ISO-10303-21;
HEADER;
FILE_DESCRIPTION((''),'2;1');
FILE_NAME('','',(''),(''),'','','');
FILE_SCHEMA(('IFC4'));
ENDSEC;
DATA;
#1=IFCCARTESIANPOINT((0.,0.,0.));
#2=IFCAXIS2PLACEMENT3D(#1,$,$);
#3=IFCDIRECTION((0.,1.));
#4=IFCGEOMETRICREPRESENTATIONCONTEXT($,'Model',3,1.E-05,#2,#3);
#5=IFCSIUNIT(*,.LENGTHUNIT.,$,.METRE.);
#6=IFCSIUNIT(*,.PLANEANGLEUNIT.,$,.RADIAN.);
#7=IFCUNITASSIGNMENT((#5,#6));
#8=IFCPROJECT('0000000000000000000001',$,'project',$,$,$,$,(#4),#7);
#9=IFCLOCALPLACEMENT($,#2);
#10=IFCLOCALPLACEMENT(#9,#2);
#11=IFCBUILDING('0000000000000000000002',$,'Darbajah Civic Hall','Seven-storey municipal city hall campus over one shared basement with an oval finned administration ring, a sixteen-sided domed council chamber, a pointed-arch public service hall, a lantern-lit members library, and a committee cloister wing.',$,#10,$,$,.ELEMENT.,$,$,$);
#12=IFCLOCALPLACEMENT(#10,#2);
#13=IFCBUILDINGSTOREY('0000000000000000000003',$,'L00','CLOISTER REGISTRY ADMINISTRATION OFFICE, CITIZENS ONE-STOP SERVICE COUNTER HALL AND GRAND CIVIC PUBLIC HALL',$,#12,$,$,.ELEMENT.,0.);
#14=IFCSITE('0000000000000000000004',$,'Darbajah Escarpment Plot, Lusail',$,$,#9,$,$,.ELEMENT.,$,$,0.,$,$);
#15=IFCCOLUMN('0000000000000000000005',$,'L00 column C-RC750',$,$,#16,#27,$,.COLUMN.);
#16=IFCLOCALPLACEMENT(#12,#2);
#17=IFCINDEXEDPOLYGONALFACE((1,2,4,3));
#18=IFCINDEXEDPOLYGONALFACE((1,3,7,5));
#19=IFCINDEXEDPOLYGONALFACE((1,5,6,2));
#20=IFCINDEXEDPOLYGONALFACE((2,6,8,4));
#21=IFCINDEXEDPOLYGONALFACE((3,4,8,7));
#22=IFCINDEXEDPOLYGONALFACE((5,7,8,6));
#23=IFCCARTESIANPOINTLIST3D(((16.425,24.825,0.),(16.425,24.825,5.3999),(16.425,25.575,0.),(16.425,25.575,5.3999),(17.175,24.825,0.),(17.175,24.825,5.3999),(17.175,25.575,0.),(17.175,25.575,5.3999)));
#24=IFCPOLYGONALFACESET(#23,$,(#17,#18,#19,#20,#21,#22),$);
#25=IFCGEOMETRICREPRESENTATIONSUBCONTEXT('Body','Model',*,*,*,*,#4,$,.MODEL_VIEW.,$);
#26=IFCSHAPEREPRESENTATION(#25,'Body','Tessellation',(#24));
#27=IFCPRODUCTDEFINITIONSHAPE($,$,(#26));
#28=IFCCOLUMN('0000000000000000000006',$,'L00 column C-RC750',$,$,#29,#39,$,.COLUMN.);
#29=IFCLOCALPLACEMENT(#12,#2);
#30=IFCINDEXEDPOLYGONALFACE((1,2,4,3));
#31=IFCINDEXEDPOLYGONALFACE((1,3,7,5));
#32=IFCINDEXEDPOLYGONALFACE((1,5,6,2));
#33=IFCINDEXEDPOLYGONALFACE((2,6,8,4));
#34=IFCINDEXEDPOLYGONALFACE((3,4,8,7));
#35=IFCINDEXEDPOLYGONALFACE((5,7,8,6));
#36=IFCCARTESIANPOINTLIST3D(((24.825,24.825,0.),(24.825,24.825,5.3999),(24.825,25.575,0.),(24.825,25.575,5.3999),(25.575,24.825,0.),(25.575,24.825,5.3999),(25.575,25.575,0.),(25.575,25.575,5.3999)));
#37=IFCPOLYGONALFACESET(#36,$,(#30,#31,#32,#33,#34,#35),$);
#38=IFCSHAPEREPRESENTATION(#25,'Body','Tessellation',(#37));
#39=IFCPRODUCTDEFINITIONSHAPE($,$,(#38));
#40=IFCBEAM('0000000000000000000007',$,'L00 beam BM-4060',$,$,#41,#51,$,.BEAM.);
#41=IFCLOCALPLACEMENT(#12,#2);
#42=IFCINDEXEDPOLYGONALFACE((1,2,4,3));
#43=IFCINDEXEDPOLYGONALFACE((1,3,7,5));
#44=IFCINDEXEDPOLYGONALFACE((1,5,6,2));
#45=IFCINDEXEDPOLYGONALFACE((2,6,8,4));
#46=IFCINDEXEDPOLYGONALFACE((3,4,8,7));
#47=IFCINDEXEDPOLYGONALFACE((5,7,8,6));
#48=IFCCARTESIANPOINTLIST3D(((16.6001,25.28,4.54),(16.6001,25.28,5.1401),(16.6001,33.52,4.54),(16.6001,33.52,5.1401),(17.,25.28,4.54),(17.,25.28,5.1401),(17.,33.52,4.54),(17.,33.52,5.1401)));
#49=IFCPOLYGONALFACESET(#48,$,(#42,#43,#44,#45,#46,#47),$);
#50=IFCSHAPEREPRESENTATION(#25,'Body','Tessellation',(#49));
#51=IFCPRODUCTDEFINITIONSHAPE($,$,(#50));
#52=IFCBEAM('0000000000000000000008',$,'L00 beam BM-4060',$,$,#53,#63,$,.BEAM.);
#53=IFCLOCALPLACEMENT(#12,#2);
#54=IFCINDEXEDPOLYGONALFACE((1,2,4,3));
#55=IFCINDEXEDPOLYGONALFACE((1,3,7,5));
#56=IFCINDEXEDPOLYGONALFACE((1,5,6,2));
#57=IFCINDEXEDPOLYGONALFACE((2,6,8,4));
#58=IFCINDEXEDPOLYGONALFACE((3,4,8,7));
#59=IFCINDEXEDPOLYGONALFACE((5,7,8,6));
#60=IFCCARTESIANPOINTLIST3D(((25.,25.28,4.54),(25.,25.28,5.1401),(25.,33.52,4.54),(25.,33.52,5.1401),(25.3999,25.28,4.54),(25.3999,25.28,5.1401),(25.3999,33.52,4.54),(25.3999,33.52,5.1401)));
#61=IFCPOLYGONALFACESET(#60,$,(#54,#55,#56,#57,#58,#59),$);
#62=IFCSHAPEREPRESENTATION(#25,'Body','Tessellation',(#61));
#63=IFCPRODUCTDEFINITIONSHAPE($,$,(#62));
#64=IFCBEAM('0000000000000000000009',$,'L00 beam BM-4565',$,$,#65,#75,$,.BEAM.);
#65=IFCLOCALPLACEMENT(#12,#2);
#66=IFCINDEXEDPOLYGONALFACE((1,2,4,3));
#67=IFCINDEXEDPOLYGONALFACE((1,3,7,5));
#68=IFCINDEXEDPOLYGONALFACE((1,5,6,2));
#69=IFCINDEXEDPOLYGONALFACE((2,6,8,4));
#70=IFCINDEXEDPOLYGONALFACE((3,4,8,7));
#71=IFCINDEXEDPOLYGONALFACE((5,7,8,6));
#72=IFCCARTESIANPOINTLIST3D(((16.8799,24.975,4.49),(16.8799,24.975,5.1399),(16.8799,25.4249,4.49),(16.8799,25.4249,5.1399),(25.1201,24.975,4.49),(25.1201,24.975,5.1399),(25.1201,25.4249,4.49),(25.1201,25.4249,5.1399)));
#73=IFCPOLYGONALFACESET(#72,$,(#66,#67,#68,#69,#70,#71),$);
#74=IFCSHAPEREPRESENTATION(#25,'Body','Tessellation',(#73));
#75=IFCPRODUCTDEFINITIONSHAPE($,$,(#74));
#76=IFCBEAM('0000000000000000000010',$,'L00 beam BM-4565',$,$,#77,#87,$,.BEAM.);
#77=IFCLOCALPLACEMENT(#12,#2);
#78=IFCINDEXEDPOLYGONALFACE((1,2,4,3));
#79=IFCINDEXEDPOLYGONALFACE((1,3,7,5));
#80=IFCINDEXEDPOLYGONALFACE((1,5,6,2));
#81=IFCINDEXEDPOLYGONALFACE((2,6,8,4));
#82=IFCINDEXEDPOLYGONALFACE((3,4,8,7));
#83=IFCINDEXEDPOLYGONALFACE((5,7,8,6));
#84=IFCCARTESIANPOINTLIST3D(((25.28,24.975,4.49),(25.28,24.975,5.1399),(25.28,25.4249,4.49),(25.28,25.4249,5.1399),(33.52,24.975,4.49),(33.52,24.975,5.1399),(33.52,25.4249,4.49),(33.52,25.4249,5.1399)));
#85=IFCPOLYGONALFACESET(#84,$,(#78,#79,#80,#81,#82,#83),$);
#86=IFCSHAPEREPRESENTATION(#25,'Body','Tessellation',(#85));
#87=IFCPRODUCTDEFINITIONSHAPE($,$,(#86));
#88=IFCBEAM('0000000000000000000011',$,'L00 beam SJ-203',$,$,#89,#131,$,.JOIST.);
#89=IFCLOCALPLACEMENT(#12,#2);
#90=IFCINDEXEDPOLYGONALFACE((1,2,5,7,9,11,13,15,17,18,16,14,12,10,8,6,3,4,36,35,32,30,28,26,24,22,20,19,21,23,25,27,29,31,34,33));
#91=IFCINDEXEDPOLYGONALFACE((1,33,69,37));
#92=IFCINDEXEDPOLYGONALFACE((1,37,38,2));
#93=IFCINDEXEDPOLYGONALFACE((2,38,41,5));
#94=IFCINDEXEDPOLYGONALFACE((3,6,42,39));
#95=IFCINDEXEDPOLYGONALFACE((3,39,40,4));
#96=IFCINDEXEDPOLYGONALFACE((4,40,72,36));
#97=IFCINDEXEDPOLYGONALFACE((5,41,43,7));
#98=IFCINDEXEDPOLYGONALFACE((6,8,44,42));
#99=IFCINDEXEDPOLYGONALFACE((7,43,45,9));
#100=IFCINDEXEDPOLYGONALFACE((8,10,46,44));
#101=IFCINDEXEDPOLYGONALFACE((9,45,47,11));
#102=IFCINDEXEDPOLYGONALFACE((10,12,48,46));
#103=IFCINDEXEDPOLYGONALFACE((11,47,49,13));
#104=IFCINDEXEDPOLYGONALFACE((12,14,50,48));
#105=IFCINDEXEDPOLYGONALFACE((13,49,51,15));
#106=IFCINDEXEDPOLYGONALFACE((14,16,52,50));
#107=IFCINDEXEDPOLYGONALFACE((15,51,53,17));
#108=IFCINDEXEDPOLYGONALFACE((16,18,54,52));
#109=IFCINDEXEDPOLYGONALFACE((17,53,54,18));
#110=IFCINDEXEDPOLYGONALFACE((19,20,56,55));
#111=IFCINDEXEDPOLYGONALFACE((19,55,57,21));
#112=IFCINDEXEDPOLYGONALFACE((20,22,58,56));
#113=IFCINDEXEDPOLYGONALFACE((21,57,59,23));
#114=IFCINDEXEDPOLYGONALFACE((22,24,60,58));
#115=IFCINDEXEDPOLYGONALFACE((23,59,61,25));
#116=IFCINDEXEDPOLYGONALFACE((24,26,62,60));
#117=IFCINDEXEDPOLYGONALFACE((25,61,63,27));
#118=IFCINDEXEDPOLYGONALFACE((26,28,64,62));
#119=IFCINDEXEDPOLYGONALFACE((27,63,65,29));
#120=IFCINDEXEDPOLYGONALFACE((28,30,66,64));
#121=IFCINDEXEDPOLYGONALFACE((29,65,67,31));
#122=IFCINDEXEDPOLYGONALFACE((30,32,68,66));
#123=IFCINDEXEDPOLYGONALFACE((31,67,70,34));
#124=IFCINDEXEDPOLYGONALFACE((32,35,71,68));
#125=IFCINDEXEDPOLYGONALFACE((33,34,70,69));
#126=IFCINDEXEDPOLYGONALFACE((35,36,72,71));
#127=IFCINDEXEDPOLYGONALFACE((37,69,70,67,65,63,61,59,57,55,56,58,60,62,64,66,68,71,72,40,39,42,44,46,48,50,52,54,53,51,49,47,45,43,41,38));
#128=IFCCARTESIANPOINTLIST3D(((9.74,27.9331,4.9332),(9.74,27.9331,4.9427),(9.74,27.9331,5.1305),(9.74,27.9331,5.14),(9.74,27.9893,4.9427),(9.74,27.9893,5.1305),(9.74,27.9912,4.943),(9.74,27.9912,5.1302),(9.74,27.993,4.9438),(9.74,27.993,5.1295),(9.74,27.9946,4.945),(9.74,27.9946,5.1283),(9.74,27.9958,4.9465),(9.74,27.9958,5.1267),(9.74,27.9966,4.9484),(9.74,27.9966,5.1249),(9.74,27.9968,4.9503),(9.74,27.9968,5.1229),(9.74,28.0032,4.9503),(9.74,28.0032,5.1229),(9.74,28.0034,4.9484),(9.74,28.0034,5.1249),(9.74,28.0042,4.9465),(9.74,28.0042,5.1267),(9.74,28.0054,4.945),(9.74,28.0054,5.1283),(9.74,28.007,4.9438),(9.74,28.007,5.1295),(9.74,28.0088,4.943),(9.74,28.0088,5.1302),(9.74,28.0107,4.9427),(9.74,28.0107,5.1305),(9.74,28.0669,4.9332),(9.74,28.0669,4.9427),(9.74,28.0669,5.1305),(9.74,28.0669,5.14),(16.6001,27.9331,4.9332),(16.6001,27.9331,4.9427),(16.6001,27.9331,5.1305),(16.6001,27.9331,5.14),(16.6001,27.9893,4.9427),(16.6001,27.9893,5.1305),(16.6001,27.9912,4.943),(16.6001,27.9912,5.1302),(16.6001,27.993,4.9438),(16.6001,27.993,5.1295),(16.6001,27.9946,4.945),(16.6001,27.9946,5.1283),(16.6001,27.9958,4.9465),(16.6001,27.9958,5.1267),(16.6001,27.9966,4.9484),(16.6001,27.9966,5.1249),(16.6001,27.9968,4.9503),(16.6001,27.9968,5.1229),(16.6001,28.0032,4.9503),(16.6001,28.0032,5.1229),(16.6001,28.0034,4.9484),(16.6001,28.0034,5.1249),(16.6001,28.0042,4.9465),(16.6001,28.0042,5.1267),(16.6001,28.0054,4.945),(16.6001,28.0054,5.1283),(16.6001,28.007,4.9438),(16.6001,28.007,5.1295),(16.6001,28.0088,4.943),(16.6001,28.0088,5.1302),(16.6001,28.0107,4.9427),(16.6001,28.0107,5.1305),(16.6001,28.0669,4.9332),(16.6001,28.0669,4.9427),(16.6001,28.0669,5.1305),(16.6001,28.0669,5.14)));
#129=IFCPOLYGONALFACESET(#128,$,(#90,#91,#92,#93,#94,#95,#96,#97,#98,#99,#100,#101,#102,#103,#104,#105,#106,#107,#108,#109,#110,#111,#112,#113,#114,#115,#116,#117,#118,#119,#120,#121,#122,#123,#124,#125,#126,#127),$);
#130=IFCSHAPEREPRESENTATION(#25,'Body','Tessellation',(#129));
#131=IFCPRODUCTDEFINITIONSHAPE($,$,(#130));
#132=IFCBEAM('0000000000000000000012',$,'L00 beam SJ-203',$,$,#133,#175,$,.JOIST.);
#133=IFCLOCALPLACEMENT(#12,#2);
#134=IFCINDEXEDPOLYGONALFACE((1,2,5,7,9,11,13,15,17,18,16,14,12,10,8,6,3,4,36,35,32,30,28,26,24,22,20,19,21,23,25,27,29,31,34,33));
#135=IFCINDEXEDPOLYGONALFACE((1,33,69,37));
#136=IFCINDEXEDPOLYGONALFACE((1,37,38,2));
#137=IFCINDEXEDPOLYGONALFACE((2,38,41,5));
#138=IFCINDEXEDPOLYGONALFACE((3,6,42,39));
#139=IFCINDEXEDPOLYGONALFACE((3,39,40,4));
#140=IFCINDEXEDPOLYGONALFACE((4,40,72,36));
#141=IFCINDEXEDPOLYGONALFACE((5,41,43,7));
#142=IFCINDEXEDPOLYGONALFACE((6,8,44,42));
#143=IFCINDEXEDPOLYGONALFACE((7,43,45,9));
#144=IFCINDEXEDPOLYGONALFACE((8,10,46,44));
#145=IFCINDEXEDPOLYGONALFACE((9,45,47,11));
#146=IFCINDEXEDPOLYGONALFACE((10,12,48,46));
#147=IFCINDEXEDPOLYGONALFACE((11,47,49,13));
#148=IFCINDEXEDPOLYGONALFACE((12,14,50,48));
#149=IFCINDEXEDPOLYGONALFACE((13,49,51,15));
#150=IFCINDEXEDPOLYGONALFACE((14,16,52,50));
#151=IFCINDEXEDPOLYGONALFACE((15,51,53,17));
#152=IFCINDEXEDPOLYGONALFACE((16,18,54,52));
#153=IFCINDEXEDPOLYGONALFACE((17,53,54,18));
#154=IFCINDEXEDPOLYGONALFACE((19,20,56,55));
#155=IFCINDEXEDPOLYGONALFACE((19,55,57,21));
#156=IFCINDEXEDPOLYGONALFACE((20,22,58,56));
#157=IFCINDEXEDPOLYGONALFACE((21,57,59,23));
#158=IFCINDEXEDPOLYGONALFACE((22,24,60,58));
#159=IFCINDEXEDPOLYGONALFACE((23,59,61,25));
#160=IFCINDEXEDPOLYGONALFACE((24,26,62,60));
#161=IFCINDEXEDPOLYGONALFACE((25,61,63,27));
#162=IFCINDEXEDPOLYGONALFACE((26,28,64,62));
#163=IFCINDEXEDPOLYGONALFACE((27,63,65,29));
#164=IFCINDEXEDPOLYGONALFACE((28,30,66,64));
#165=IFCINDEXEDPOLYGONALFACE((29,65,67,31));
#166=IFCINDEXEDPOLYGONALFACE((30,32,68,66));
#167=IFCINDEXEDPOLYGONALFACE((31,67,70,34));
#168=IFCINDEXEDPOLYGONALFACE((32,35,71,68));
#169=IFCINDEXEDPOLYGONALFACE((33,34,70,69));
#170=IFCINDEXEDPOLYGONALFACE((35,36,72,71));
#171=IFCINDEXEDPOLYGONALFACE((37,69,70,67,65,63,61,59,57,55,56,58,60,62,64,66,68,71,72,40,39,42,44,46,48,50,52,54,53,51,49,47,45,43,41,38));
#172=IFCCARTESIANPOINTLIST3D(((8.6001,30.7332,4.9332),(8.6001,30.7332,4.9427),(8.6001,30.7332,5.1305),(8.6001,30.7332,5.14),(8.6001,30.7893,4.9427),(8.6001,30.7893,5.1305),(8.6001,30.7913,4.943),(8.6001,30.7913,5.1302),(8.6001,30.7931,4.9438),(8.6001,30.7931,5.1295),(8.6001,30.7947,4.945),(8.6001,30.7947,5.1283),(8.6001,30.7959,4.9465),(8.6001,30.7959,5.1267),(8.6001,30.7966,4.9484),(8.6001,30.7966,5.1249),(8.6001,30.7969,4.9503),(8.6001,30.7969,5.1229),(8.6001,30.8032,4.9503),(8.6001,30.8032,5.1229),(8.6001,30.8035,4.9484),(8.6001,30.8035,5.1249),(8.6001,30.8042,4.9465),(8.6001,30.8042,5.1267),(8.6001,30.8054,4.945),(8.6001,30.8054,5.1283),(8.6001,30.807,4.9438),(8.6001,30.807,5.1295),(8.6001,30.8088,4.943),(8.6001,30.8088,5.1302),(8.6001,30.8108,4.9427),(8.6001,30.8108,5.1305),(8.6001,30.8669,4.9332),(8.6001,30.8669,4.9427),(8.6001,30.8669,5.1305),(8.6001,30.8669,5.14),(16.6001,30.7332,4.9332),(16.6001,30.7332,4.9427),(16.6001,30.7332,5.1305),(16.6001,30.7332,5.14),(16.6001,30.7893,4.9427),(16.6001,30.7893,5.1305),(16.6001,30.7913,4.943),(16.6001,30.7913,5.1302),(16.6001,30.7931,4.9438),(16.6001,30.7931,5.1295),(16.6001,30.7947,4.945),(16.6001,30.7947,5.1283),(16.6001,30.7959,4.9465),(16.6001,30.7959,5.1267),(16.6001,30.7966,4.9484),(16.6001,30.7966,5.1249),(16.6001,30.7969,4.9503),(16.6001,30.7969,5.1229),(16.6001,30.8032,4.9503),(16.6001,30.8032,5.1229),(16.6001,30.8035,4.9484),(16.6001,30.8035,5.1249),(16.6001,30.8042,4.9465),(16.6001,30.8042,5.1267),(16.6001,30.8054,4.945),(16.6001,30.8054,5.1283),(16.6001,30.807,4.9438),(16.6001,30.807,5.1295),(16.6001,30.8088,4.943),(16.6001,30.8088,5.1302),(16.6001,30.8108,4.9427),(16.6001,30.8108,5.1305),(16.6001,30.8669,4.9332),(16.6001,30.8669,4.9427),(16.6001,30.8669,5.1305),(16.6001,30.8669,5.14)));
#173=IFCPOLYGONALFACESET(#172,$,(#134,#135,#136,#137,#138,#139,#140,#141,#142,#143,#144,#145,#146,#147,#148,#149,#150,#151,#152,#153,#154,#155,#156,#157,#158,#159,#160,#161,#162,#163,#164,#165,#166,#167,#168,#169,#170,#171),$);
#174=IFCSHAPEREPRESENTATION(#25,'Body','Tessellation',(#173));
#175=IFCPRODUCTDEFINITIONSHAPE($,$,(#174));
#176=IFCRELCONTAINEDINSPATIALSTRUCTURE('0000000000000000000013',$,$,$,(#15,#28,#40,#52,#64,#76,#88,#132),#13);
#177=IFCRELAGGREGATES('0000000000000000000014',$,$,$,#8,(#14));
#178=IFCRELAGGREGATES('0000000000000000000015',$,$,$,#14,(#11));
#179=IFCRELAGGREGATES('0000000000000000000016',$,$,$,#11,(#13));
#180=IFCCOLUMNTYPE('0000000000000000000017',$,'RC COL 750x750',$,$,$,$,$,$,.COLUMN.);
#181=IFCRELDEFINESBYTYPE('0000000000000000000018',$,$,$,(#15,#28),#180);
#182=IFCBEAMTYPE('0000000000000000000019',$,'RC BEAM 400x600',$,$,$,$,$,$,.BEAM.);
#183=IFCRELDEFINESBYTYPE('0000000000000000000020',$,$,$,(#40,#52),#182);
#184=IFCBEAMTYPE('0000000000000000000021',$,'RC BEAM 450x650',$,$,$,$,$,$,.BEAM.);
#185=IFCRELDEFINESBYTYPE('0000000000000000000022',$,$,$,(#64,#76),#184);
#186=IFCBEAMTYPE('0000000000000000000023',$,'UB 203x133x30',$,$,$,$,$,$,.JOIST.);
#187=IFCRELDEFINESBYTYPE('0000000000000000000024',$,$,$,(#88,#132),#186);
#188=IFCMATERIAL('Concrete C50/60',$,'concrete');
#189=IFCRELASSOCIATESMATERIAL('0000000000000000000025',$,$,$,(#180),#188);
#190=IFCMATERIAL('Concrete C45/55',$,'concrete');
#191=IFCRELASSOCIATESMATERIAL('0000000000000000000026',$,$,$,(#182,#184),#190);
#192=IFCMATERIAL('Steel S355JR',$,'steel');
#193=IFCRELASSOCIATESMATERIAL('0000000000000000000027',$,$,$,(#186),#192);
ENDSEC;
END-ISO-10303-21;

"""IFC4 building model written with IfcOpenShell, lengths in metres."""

from ifc_helpers import new_model, si_unit, direction, frame, origin, origin_2d, place, context, subcontext, project, spatial, rectangle, i_section, extrude, material, material_profile, profile_set, type_object, element, save


model = new_model("IFC4")

# Units and contexts
model_context = context("Model", 3, precision=1e-05, world=origin(), true_north=direction((0.0, 1.0)))
body_context = subcontext(model_context, "Body", "Model", "MODEL_VIEW")
ifc_project = project(units=[si_unit("LENGTHUNIT", "METRE"), si_unit("PLANEANGLEUNIT", "RADIAN")], contexts=[model_context])

# Site, building, storey
site_placement = place(None, origin())
site = spatial("IfcSite", under=ifc_project, at=site_placement, Name="Darbajah Escarpment Plot, Lusail", CompositionType="ELEMENT", RefElevation=0.0)
building_placement = place(site_placement, origin())
building = spatial("IfcBuilding", under=site, at=building_placement, Name="Darbajah Civic Hall", Description="Seven-storey municipal city hall campus over one shared basement with an oval finned administration ring, a sixteen-sided domed council chamber, a pointed-arch public service hall, a lantern-lit members library, and a committee cloister wing.", CompositionType="ELEMENT")
storey_placement = place(building_placement, origin())
storey = spatial("IfcBuildingStorey", under=building, at=storey_placement, Name="L00", Description="CLOISTER REGISTRY ADMINISTRATION OFFICE, CITIZENS ONE-STOP SERVICE COUNTER HALL AND GRAND CIVIC PUBLIC HALL", CompositionType="ELEMENT", Elevation=0.0)

# Columns
ifc_material_1 = material(Name="Concrete C50/60", Category="concrete")
ifc_material_profile_1 = material_profile(ifc_material_1, rectangle(XDim=0.75, YDim=0.75, at=origin_2d()), Name="RC COL 750x750")
ifc_profile_set_1 = profile_set([ifc_material_profile_1], Name="Concrete C50/60")
column_type = type_object("IfcColumnType", Name="RC COL 750x750", PredefinedType="COLUMN", material=ifc_profile_set_1)
for number, where, z_axis, x_axis, name in (
    (1, (16.8, 25.2, 0.0), (0.0, 0.0, 1.0), (1.0, 0.0, 0.0), "L00 column C-RC750"),
    (2, (25.2, 25.2, 0.0), (0.0, 0.0, 1.0), (1.0, 0.0, 0.0), "L00 column C-RC750"),
):
    element("IfcColumn", number, at=place(storey_placement, frame(where, z_axis=z_axis, x_axis=x_axis)), inside=storey, type_object=column_type, Name=name, PredefinedType="COLUMN", context=body_context, shape_type="SweptSolid", body=[
        extrude(rectangle(XDim=0.75, YDim=0.75, at=origin_2d()), origin(), (0.0, 0.0, 1.0), 5.3999),
    ])

# Beams
ifc_material_2 = material(Name="Concrete C45/55", Category="concrete")
ifc_material_profile_2 = material_profile(ifc_material_2, rectangle(XDim=0.3999, YDim=0.6001, at=origin_2d()), Name="RC BEAM 400x600")
ifc_profile_set_2 = profile_set([ifc_material_profile_2], Name="Concrete C45/55")
beam_type_1 = type_object("IfcBeamType", Name="RC BEAM 400x600", PredefinedType="BEAM", material=ifc_profile_set_2)
for number, where, z_axis, x_axis, name in (
    (3, (16.8, 25.28, 4.8401), (0.0, 1.0, 0.0), (-1.0, 0.0, 0.0), "L00 beam BM-4060"),
    (4, (25.2, 25.28, 4.8401), (0.0, 1.0, 0.0), (-1.0, 0.0, 0.0), "L00 beam BM-4060"),
):
    element("IfcBeam", number, at=place(storey_placement, frame(where, z_axis=z_axis, x_axis=x_axis)), inside=storey, type_object=beam_type_1, Name=name, PredefinedType="BEAM", context=body_context, shape_type="SweptSolid", body=[
        extrude(rectangle(XDim=0.3999, YDim=0.6001, at=origin_2d()), origin(), (0.0, 0.0, 1.0), 8.24),
    ])
ifc_material_profile_3 = material_profile(ifc_material_2, rectangle(XDim=0.45, YDim=0.6499, at=origin_2d()), Name="RC BEAM 450x650")
ifc_profile_set_3 = profile_set([ifc_material_profile_3], Name="Concrete C45/55")
beam_type_2 = type_object("IfcBeamType", Name="RC BEAM 450x650", PredefinedType="BEAM", material=ifc_profile_set_3)
beam_1_placement = place(storey_placement, frame((16.8799, 25.2, 4.8149), z_axis=(1.0, 0.0, 0.0), x_axis=(0.0, 1.0, 0.0)))
element("IfcBeam", 5, at=beam_1_placement, inside=storey, type_object=beam_type_2, Name="L00 beam BM-4565", PredefinedType="BEAM", context=body_context, shape_type="SweptSolid", body=[
    extrude(rectangle(XDim=0.45, YDim=0.6499, at=origin_2d()), origin(), (0.0, 0.0, 1.0), 8.2402),
])
beam_2_placement = place(storey_placement, frame((25.28, 25.2, 4.8149), z_axis=(1.0, 0.0, 0.0), x_axis=(0.0, 1.0, 0.0)))
element("IfcBeam", 6, at=beam_2_placement, inside=storey, type_object=beam_type_2, Name="L00 beam BM-4565", PredefinedType="BEAM", context=body_context, shape_type="SweptSolid", body=[
    extrude(rectangle(XDim=0.45, YDim=0.6499, at=origin_2d()), origin(), (0.0, 0.0, 1.0), 8.24),
])
ifc_material_3 = material(Name="Steel S355JR", Category="steel")
ifc_material_profile_4 = material_profile(ifc_material_3, i_section(OverallWidth=0.1338, OverallDepth=0.2068, WebThickness=0.0063, FlangeThickness=0.0095, FilletRadius=0.0076, at=origin_2d()), Name="UB 203x133x30")
ifc_profile_set_4 = profile_set([ifc_material_profile_4], Name="Steel S355JR")
beam_type_3 = type_object("IfcBeamType", Name="UB 203x133x30", PredefinedType="JOIST", material=ifc_profile_set_4)
beam_3_placement = place(storey_placement, frame((9.74, 28.0, 5.0366), z_axis=(1.0, 0.0, 0.0), x_axis=(0.0, 1.0, 0.0)))
element("IfcBeam", 7, at=beam_3_placement, inside=storey, type_object=beam_type_3, Name="L00 beam SJ-203", PredefinedType="JOIST", context=body_context, shape_type="SweptSolid", body=[
    extrude(i_section(OverallWidth=0.1338, OverallDepth=0.2068, WebThickness=0.0063, FlangeThickness=0.0095, FilletRadius=0.0076, at=origin_2d()), origin(), (0.0, 0.0, 1.0), 6.8601),
])
for number, where, z_axis, x_axis, name in (
    (8, (8.6001, 30.8, 5.0366), (1.0, 0.0, 0.0), (0.0, 1.0, 0.0), "L00 beam SJ-203"),
):
    element("IfcBeam", number, at=place(storey_placement, frame(where, z_axis=z_axis, x_axis=x_axis)), inside=storey, type_object=beam_type_3, Name=name, PredefinedType="JOIST", context=body_context, shape_type="SweptSolid", body=[
        extrude(i_section(OverallWidth=0.1338, OverallDepth=0.2068, WebThickness=0.0063, FlangeThickness=0.0095, FilletRadius=0.0076, at=origin_2d()), origin(), (0.0, 0.0, 1.0), 8.0),
    ])

save(model, "model.ifc")
